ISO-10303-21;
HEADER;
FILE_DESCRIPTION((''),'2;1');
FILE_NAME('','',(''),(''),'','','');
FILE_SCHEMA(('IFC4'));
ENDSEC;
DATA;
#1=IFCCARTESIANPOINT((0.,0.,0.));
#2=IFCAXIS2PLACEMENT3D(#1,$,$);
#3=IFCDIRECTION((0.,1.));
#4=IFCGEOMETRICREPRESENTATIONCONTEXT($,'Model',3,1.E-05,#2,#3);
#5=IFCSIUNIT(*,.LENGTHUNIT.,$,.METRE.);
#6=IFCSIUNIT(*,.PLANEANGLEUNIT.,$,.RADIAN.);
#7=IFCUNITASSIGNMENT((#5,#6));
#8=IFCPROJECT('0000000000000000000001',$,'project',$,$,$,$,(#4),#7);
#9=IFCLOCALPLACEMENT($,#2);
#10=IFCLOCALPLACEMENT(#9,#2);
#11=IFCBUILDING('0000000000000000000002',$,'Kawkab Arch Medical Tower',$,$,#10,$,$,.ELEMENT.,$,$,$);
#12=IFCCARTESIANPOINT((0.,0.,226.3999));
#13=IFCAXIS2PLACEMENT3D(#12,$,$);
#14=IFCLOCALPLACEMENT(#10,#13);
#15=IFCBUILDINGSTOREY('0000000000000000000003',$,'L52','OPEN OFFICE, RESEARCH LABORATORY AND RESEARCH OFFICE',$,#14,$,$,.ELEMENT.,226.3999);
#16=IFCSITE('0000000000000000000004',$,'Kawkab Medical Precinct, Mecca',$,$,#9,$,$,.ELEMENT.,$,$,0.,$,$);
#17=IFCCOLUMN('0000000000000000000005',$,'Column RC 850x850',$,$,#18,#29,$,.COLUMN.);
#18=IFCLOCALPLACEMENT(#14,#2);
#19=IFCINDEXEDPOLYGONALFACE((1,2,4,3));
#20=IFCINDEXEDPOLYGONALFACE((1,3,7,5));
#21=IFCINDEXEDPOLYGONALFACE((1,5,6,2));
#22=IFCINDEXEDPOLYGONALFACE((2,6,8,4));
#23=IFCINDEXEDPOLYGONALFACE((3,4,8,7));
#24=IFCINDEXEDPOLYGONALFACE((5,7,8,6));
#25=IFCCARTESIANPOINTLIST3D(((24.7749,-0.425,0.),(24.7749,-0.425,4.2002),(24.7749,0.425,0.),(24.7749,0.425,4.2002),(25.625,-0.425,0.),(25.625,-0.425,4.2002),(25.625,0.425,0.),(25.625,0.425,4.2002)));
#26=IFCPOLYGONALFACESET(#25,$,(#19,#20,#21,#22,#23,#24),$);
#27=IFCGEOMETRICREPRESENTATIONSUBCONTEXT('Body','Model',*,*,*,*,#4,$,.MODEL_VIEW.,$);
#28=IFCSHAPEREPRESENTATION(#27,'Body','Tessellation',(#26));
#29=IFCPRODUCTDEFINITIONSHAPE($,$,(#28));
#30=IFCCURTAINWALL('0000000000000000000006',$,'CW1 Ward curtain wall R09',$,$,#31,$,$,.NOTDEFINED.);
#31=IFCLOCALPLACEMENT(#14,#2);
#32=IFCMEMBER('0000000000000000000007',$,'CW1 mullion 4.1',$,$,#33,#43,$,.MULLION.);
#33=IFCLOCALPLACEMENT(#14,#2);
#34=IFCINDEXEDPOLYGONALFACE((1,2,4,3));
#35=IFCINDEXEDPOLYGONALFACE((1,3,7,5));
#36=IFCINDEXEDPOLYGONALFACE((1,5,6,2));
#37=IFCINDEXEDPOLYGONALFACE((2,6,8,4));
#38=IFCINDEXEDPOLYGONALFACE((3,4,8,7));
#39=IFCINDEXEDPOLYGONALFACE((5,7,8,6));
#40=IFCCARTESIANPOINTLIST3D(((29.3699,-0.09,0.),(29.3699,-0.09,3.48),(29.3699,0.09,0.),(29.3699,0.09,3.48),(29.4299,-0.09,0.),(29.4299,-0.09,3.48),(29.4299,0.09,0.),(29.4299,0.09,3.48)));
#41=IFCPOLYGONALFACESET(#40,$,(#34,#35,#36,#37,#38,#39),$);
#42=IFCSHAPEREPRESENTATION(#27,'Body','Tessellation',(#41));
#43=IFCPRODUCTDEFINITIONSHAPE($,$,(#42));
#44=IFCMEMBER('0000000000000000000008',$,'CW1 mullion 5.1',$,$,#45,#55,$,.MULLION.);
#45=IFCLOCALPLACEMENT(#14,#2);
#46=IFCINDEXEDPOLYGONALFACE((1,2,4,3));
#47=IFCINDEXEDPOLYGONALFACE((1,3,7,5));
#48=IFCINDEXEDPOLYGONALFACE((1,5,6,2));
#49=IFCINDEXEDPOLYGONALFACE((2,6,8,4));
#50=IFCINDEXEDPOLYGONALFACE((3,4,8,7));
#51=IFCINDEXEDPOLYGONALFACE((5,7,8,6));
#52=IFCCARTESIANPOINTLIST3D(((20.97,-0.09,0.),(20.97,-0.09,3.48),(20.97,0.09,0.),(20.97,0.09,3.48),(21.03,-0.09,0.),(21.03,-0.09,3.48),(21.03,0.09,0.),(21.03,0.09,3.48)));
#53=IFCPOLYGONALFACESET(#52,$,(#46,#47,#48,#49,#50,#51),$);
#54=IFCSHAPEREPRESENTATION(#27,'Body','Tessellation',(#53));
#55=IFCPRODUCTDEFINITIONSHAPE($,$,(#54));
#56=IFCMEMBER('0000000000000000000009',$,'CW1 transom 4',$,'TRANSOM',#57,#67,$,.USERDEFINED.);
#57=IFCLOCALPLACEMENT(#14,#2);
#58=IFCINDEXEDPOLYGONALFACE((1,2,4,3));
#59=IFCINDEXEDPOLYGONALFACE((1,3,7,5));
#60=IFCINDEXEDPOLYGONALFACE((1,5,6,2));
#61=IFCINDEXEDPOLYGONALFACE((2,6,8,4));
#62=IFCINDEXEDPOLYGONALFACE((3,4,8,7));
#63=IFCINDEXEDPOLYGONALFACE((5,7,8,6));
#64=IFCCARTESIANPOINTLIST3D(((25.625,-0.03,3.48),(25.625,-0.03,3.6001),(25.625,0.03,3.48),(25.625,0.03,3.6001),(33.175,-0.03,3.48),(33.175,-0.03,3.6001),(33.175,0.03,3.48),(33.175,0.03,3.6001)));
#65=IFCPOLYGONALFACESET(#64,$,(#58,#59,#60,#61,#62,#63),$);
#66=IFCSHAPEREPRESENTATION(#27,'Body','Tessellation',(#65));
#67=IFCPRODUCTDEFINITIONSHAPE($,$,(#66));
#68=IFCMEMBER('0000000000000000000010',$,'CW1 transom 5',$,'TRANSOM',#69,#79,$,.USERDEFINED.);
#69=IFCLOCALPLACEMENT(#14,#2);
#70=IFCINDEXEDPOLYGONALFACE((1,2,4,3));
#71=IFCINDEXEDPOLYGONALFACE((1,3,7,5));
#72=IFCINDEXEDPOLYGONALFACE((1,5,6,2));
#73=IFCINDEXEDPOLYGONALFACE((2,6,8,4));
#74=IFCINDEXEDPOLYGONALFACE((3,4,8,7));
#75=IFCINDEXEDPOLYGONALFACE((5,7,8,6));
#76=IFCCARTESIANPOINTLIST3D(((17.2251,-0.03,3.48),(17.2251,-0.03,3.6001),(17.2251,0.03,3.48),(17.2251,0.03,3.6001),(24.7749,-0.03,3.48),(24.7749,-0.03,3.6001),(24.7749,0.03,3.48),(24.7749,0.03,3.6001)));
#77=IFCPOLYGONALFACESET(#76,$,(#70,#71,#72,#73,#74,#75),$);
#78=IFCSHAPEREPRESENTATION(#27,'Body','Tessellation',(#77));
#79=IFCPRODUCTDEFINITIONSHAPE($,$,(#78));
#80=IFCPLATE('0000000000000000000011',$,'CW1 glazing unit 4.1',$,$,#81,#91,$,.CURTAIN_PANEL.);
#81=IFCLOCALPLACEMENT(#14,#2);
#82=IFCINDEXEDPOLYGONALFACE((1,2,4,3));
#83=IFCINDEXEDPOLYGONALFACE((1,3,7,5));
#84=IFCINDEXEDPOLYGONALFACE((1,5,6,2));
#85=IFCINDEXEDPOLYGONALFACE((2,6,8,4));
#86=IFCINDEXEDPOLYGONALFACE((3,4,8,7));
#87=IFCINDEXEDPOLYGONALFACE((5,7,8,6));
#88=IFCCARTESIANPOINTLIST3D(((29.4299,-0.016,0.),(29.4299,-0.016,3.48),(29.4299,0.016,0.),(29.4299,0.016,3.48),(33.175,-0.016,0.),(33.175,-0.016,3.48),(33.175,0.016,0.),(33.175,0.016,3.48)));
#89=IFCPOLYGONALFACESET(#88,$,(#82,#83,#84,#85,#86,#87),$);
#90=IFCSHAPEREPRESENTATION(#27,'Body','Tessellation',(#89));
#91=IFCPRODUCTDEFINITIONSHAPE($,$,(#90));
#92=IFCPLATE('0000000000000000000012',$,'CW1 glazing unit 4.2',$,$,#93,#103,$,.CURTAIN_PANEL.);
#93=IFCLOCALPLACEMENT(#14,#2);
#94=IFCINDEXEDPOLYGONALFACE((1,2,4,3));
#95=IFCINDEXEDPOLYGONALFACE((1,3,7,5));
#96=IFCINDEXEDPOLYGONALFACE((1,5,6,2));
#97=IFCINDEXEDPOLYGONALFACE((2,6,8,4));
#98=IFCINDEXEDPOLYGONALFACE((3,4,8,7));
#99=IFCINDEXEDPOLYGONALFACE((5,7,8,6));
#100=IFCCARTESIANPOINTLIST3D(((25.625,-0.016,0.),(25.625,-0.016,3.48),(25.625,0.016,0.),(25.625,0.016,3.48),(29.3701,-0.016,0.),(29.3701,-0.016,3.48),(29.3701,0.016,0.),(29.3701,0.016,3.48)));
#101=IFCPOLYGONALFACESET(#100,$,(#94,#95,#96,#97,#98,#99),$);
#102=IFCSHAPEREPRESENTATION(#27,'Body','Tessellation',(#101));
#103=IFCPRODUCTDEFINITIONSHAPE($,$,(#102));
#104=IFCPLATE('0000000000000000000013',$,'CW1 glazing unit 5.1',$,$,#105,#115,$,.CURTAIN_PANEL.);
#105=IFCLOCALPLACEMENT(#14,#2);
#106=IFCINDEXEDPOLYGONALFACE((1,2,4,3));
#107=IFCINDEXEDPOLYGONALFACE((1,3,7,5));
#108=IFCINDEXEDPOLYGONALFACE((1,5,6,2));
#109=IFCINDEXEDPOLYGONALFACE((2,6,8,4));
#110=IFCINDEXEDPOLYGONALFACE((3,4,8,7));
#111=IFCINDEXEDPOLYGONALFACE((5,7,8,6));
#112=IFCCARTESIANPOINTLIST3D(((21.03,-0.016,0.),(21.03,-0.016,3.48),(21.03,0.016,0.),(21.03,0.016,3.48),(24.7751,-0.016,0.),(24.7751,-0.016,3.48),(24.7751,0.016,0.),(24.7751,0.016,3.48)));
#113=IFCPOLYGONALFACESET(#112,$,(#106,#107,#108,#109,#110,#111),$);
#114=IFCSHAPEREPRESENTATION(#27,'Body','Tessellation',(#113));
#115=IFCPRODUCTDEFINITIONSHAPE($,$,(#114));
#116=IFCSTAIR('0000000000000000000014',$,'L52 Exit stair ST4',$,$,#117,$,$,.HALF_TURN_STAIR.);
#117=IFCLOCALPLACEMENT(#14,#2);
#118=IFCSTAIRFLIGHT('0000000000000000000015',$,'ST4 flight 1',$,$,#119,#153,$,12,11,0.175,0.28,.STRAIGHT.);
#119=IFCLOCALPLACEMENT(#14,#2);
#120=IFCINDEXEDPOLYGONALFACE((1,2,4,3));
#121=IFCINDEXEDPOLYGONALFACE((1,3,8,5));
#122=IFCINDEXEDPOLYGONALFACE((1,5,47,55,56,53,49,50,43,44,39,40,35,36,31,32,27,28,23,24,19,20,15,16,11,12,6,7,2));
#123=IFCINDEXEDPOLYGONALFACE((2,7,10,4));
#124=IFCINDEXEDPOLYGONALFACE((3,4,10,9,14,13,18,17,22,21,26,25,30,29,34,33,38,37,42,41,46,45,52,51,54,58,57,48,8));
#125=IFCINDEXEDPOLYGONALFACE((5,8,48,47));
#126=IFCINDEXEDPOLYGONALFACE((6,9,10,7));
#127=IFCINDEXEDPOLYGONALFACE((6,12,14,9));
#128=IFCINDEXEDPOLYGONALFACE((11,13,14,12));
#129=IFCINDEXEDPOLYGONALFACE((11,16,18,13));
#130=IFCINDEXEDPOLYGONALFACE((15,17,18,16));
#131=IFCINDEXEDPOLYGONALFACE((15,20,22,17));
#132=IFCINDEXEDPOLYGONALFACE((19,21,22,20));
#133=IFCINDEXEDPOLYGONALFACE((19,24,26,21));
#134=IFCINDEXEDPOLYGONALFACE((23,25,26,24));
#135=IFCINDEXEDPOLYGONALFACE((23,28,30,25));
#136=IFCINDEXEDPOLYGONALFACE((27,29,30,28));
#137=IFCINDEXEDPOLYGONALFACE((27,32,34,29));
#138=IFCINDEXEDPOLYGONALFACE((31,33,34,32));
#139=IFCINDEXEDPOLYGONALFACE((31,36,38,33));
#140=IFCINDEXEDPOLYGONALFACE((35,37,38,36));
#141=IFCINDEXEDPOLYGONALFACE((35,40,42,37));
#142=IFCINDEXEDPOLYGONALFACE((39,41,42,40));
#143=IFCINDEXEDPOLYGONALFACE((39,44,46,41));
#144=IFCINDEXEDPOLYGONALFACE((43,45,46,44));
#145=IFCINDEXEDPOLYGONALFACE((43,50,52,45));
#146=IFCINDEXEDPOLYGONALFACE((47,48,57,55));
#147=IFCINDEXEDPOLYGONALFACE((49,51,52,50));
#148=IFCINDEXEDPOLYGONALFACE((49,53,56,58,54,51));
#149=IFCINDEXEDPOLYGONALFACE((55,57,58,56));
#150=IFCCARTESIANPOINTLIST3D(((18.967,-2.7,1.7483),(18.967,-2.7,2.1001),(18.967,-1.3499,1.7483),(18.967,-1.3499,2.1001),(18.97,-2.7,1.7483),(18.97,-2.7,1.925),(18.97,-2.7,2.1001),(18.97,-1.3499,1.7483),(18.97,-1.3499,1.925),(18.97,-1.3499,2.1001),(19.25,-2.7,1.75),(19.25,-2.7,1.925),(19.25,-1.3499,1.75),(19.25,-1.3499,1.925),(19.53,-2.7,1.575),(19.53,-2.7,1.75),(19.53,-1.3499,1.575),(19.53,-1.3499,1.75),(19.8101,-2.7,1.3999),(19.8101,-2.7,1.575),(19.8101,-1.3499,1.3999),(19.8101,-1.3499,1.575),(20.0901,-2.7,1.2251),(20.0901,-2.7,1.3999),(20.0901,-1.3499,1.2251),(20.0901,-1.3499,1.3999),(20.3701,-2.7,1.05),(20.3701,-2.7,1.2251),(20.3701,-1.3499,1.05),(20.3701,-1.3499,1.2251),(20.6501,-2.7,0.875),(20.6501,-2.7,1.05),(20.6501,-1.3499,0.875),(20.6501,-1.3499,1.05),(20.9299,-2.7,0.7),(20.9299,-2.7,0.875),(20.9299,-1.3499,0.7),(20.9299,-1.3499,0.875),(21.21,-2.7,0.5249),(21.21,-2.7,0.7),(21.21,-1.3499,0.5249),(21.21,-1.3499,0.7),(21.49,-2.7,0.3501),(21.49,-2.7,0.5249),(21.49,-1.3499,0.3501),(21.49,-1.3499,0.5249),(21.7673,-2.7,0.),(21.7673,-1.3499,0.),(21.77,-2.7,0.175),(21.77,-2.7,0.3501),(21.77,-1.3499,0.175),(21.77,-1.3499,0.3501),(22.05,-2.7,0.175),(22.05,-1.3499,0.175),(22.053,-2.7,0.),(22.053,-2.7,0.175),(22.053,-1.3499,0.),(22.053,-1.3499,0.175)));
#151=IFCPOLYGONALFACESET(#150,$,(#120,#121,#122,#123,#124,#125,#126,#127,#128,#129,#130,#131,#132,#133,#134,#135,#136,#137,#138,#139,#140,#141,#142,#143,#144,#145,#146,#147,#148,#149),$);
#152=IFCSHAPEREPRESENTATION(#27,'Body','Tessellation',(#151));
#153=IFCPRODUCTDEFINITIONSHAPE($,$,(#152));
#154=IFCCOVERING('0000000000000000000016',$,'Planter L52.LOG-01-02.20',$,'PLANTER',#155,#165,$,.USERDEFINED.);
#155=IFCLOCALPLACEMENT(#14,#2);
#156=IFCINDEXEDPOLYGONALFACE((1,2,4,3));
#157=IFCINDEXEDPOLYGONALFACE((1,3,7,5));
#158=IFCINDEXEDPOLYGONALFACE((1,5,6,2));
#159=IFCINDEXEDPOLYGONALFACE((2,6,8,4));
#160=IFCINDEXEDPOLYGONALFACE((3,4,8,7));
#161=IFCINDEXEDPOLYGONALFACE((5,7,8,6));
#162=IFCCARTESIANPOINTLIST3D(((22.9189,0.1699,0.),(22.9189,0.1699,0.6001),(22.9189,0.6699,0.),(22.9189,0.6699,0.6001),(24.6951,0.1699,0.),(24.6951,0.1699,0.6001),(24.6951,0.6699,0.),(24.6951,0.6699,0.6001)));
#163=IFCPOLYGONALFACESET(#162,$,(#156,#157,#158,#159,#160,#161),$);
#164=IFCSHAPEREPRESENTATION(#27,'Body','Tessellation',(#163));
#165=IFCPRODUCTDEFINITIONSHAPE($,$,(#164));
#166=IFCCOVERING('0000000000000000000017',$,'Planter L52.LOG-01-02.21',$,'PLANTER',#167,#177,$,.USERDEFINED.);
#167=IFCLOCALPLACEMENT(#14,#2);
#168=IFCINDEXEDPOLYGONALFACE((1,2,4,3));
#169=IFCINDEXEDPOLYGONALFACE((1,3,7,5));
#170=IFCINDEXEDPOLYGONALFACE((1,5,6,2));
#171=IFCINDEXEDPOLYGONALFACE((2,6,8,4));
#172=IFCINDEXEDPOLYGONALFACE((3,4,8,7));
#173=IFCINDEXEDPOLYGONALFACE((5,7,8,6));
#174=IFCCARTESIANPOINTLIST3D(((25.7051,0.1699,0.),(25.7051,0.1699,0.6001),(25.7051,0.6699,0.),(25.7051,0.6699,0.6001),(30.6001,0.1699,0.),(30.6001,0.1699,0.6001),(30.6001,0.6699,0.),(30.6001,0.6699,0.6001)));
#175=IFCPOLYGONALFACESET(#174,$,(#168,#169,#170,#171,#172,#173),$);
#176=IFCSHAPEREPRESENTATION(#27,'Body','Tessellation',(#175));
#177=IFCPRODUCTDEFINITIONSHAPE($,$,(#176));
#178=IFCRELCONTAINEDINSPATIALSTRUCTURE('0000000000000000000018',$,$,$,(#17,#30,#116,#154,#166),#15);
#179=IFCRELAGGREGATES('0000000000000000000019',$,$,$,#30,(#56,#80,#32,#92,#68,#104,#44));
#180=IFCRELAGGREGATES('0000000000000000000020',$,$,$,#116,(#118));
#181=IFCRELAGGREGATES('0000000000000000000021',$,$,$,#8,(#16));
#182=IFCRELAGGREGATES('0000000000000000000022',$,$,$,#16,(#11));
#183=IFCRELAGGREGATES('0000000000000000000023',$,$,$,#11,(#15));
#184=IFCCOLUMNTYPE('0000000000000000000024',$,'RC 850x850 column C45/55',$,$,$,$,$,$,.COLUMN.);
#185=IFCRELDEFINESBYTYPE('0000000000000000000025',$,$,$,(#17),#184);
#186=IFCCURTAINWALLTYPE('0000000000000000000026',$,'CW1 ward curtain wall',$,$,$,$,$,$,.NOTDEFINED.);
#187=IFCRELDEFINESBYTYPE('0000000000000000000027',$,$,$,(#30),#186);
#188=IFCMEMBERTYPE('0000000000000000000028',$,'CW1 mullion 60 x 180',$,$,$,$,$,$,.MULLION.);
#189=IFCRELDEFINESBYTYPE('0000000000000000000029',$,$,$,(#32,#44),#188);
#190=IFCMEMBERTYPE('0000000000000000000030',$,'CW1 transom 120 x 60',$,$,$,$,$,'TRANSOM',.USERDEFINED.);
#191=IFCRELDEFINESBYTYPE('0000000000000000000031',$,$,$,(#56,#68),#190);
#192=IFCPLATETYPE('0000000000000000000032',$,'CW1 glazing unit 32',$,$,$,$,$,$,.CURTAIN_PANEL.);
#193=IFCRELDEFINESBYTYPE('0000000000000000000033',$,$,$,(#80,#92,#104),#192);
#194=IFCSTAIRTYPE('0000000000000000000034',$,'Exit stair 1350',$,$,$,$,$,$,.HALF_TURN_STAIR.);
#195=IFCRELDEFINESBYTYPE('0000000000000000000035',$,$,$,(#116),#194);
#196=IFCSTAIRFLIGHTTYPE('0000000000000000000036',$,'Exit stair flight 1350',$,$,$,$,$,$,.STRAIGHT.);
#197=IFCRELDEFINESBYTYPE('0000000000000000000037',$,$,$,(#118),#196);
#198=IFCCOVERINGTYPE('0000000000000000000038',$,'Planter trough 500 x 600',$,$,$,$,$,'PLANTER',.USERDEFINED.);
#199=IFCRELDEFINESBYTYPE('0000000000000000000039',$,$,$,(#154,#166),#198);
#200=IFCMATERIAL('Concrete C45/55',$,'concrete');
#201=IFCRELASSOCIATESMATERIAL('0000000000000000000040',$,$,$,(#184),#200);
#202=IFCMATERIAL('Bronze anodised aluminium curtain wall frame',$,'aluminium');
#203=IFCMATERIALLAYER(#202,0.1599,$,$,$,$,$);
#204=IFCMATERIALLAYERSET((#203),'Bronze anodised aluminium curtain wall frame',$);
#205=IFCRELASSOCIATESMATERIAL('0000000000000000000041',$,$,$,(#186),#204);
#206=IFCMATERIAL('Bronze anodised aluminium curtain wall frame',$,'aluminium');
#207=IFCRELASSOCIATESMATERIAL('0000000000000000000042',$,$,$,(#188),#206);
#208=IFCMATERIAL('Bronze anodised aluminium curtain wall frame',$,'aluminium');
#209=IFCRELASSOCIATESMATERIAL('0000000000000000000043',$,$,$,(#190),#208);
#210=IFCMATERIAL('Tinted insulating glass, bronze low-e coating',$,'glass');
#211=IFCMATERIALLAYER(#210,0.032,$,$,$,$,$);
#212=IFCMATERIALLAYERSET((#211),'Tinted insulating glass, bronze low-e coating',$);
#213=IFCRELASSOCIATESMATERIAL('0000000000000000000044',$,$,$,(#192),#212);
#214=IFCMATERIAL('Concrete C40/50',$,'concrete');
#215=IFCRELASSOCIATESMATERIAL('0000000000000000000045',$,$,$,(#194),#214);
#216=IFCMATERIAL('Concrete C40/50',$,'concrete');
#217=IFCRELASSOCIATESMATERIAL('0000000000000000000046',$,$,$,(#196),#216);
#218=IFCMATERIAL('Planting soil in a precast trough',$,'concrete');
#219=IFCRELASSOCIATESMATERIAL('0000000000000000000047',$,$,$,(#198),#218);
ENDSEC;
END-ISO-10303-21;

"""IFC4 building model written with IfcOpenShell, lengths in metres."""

from ifc_helpers import new_model, si_unit, direction, frame, origin, origin_2d, place, context, subcontext, project, spatial, polyline, rectangle, outline, extrude, material, layer, layer_set, material_profile, profile_set, type_object, element, aggregate, save


model = new_model("IFC4")

# Units and contexts
model_context = context("Model", 3, precision=1e-05, world=origin(), true_north=direction((0.0, 1.0)))
body_context = subcontext(model_context, "Body", "Model", "MODEL_VIEW")
ifc_project = project(units=[si_unit("LENGTHUNIT", "METRE"), si_unit("PLANEANGLEUNIT", "RADIAN")], contexts=[model_context])

# Site, building, storey
site_placement = place(None, origin())
site = spatial("IfcSite", under=ifc_project, at=site_placement, Name="Kawkab Medical Precinct, Mecca", CompositionType="ELEMENT", RefElevation=0.0)
building_placement = place(site_placement, origin())
building = spatial("IfcBuilding", under=site, at=building_placement, Name="Kawkab Arch Medical Tower", CompositionType="ELEMENT")
storey_placement = place(building_placement, frame((0.0, 0.0, 226.3999)))
storey = spatial("IfcBuildingStorey", under=building, at=storey_placement, Name="L52", Description="OPEN OFFICE, RESEARCH LABORATORY AND RESEARCH OFFICE", CompositionType="ELEMENT", Elevation=226.3999)

# Column
ifc_material_1 = material(Name="Concrete C45/55", Category="concrete")
ifc_material_profile_1 = material_profile(ifc_material_1, rectangle(XDim=0.8501, YDim=0.8501, at=origin_2d()), Name="RC 850x850")
ifc_profile_set_1 = profile_set([ifc_material_profile_1], Name="Concrete C45/55")
column_type = type_object("IfcColumnType", Name="RC 850x850 column C45/55", PredefinedType="COLUMN", material=ifc_profile_set_1)
column_placement = place(storey_placement, frame((25.2, 0.0, 0.0), z_axis=(0.0, 0.0, 1.0), x_axis=(1.0, 0.0, 0.0)))
element("IfcColumn", 1, at=column_placement, inside=storey, type_object=column_type, Name="Column RC 850x850", PredefinedType="COLUMN", context=body_context, shape_type="SweptSolid", body=[
    extrude(rectangle(XDim=0.8501, YDim=0.8501, at=origin_2d()), origin(), (0.0, 0.0, 1.0), 4.2002),
])

# Curtain wall, members, plates
ifc_material_2 = material(Name="Bronze anodised aluminium curtain wall frame", Category="aluminium")
ifc_layer_1 = layer(ifc_material_2, 0.1599)
ifc_layer_set_1 = layer_set([ifc_layer_1], Name="Bronze anodised aluminium curtain wall frame")
curtain_wall_type = type_object("IfcCurtainWallType", Name="CW1 ward curtain wall", PredefinedType="NOTDEFINED", material=ifc_layer_set_1)
placement = place(storey_placement, origin())
curtain_wall = element("IfcCurtainWall", 2, at=placement, inside=storey, type_object=curtain_wall_type, Name="CW1 Ward curtain wall R09", PredefinedType="NOTDEFINED")
ifc_material_3 = material(Name="Bronze anodised aluminium curtain wall frame", Category="aluminium")
ifc_material_profile_2 = material_profile(ifc_material_3, rectangle(XDim=0.1799, YDim=0.0601, at=origin_2d()), Name="AL 60x180")
ifc_profile_set_2 = profile_set([ifc_material_profile_2], Name="Bronze anodised aluminium curtain wall frame")
member_type_1 = type_object("IfcMemberType", Name="CW1 mullion 60 x 180", PredefinedType="MULLION", material=ifc_profile_set_2)
member_1_placement = place(storey_placement, frame((29.3999, 0.0, 0.0), z_axis=(0.0, 0.0, 1.0), x_axis=(0.0, -1.0, 0.0)))
member_1 = element("IfcMember", 3, at=member_1_placement, type_object=member_type_1, Name="CW1 mullion 4.1", PredefinedType="MULLION", context=body_context, shape_type="SweptSolid", body=[
    extrude(rectangle(XDim=0.1799, YDim=0.0601, at=origin_2d()), origin(), (0.0, 0.0, 1.0), 3.48),
])
member_2_placement = place(storey_placement, frame((21.0, 0.0, 0.0), z_axis=(0.0, 0.0, 1.0), x_axis=(0.0, -1.0, 0.0)))
member_2 = element("IfcMember", 4, at=member_2_placement, type_object=member_type_1, Name="CW1 mullion 5.1", PredefinedType="MULLION", context=body_context, shape_type="SweptSolid", body=[
    extrude(rectangle(XDim=0.1799, YDim=0.0601, at=origin_2d()), origin(), (0.0, 0.0, 1.0), 3.48),
])
ifc_material_4 = material(Name="Bronze anodised aluminium curtain wall frame", Category="aluminium")
ifc_material_profile_3 = material_profile(ifc_material_4, rectangle(XDim=0.0601, YDim=0.1201, at=origin_2d()), Name="AL 60x120")
ifc_profile_set_3 = profile_set([ifc_material_profile_3], Name="Bronze anodised aluminium curtain wall frame")
member_type_2 = type_object("IfcMemberType", Name="CW1 transom 120 x 60", ElementType="TRANSOM", PredefinedType="USERDEFINED", material=ifc_profile_set_3)
member_3_placement = place(storey_placement, frame((33.175, 0.0, 3.54), z_axis=(-1.0, 0.0, 0.0), x_axis=(0.0, -1.0, 0.0)))
member_3 = element("IfcMember", 5, at=member_3_placement, type_object=member_type_2, Name="CW1 transom 4", ObjectType="TRANSOM", PredefinedType="USERDEFINED", context=body_context, shape_type="SweptSolid", body=[
    extrude(rectangle(XDim=0.0601, YDim=0.1201, at=origin_2d()), origin(), (0.0, 0.0, 1.0), 7.55),
])
member_4_placement = place(storey_placement, frame((24.7749, 0.0, 3.54), z_axis=(-1.0, 0.0, 0.0), x_axis=(0.0, -1.0, 0.0)))
member_4 = element("IfcMember", 6, at=member_4_placement, type_object=member_type_2, Name="CW1 transom 5", ObjectType="TRANSOM", PredefinedType="USERDEFINED", context=body_context, shape_type="SweptSolid", body=[
    extrude(rectangle(XDim=0.0601, YDim=0.1201, at=origin_2d()), origin(), (0.0, 0.0, 1.0), 7.5498),
])
ifc_material_5 = material(Name="Tinted insulating glass, bronze low-e coating", Category="glass")
ifc_layer_2 = layer(ifc_material_5, 0.032)
ifc_layer_set_2 = layer_set([ifc_layer_2], Name="Tinted insulating glass, bronze low-e coating")
plate_type = type_object("IfcPlateType", Name="CW1 glazing unit 32", PredefinedType="CURTAIN_PANEL", material=ifc_layer_set_2)
plate_1_placement = place(storey_placement, frame((31.3025, 0.0, 0.0), z_axis=(0.0, 0.0, 1.0), x_axis=(-1.0, 0.0, 0.0)))
plate_1 = element("IfcPlate", 7, at=plate_1_placement, type_object=plate_type, Name="CW1 glazing unit 4.1", PredefinedType="CURTAIN_PANEL", context=body_context, shape_type="SweptSolid", body=[
    extrude(rectangle(XDim=3.7451, YDim=0.032, at=origin_2d()), origin(), (0.0, 0.0, 1.0), 3.48),
])
plate_2_placement = place(storey_placement, frame((27.4976, 0.0, 0.0), z_axis=(0.0, 0.0, 1.0), x_axis=(-1.0, 0.0, 0.0)))
plate_2 = element("IfcPlate", 8, at=plate_2_placement, type_object=plate_type, Name="CW1 glazing unit 4.2", PredefinedType="CURTAIN_PANEL", context=body_context, shape_type="SweptSolid", body=[
    extrude(rectangle(XDim=3.7451, YDim=0.032, at=origin_2d()), origin(), (0.0, 0.0, 1.0), 3.48),
])
plate_3_placement = place(storey_placement, frame((22.9026, 0.0, 0.0), z_axis=(0.0, 0.0, 1.0), x_axis=(-1.0, 0.0, 0.0)))
plate_3 = element("IfcPlate", 9, at=plate_3_placement, type_object=plate_type, Name="CW1 glazing unit 5.1", PredefinedType="CURTAIN_PANEL", context=body_context, shape_type="SweptSolid", body=[
    extrude(rectangle(XDim=3.7451, YDim=0.032, at=origin_2d()), origin(), (0.0, 0.0, 1.0), 3.48),
])
aggregate(curtain_wall, [member_3, plate_1, member_1, plate_2, member_4, plate_3, member_2])

# Stair, stair flight
ifc_material_6 = material(Name="Concrete C40/50", Category="concrete")
stair_type = type_object("IfcStairType", Name="Exit stair 1350", PredefinedType="HALF_TURN_STAIR", material=ifc_material_6)
stair = element("IfcStair", 10, at=placement, inside=storey, type_object=stair_type, Name="L52 Exit stair ST4", PredefinedType="HALF_TURN_STAIR")
ifc_material_7 = material(Name="Concrete C40/50", Category="concrete")
stair_flight_type = type_object("IfcStairFlightType", Name="Exit stair flight 1350", PredefinedType="STRAIGHT", material=ifc_material_7)
stair_flight_placement = place(storey_placement, frame((22.05, -2.0249, 0.0), z_axis=(0.0, 0.0, 1.0), x_axis=(-1.0, 0.0, 0.0)))
stair_flight = element("IfcStairFlight", 11, at=stair_flight_placement, type_object=stair_flight_type, Name="ST4 flight 1", NumberOfRisers=12, NumberOfTreads=11, PredefinedType="STRAIGHT", RiserHeight=0.175, TreadLength=0.28, context=body_context, shape_type="SweptSolid", body=[
    extrude(outline(polyline([(-0.0029, 0.0), (-0.0029, 0.175), (0.0, 0.175), (0.28, 0.175), (0.28, 0.3501), (0.5601, 0.3501), (0.5601, 0.5249), (0.8401, 0.5249), (0.8401, 0.7), (1.1201, 0.7), (1.1201, 0.875), (1.3999, 0.875), (1.3999, 1.05), (1.6799, 1.05), (1.6799, 1.2251), (1.96, 1.2251), (1.96, 1.3999), (2.24, 1.3999), (2.24, 1.575), (2.52, 1.575), (2.52, 1.75), (2.8, 1.75), (2.8, 1.925), (3.0801, 1.925), (3.0801, 2.1001), (3.083, 2.1001), (3.083, 1.7483), (3.0801, 1.7483), (0.2827, 0.0), (-0.0029, 0.0)])), frame((0.0, 0.675, 0.0), z_axis=(0.0, -1.0, 0.0), x_axis=(1.0, 0.0, 0.0)), (0.0, 0.0, 1.0), 1.3501),
])
aggregate(stair, [stair_flight])

# Coverings
ifc_material_8 = material(Name="Planting soil in a precast trough", Category="concrete")
ifc_material_profile_4 = material_profile(ifc_material_8, rectangle(XDim=0.5, YDim=0.6001, at=origin_2d()), Name="Trough 500x600")
ifc_profile_set_4 = profile_set([ifc_material_profile_4], Name="Planting soil in a precast trough")
covering_type = type_object("IfcCoveringType", Name="Planter trough 500 x 600", ElementType="PLANTER", PredefinedType="USERDEFINED", material=ifc_profile_set_4)
covering_1_placement = place(storey_placement, frame((22.9189, 0.4199, 0.3), z_axis=(1.0, 0.0, 0.0), x_axis=(0.0, 1.0, 0.0)))
element("IfcCovering", 12, at=covering_1_placement, inside=storey, type_object=covering_type, Name="Planter L52.LOG-01-02.20", ObjectType="PLANTER", PredefinedType="USERDEFINED", context=body_context, shape_type="SweptSolid", body=[
    extrude(rectangle(XDim=0.5, YDim=0.6001, at=origin_2d()), origin(), (0.0, 0.0, 1.0), 1.7761),
])
covering_2_placement = place(storey_placement, frame((25.7051, 0.4199, 0.3), z_axis=(1.0, 0.0, 0.0), x_axis=(0.0, 1.0, 0.0)))
element("IfcCovering", 13, at=covering_2_placement, inside=storey, type_object=covering_type, Name="Planter L52.LOG-01-02.21", ObjectType="PLANTER", PredefinedType="USERDEFINED", context=body_context, shape_type="SweptSolid", body=[
    extrude(rectangle(XDim=0.5, YDim=0.6001, at=origin_2d()), origin(), (0.0, 0.0, 1.0), 4.895),
])

save(model, "model.ifc")
